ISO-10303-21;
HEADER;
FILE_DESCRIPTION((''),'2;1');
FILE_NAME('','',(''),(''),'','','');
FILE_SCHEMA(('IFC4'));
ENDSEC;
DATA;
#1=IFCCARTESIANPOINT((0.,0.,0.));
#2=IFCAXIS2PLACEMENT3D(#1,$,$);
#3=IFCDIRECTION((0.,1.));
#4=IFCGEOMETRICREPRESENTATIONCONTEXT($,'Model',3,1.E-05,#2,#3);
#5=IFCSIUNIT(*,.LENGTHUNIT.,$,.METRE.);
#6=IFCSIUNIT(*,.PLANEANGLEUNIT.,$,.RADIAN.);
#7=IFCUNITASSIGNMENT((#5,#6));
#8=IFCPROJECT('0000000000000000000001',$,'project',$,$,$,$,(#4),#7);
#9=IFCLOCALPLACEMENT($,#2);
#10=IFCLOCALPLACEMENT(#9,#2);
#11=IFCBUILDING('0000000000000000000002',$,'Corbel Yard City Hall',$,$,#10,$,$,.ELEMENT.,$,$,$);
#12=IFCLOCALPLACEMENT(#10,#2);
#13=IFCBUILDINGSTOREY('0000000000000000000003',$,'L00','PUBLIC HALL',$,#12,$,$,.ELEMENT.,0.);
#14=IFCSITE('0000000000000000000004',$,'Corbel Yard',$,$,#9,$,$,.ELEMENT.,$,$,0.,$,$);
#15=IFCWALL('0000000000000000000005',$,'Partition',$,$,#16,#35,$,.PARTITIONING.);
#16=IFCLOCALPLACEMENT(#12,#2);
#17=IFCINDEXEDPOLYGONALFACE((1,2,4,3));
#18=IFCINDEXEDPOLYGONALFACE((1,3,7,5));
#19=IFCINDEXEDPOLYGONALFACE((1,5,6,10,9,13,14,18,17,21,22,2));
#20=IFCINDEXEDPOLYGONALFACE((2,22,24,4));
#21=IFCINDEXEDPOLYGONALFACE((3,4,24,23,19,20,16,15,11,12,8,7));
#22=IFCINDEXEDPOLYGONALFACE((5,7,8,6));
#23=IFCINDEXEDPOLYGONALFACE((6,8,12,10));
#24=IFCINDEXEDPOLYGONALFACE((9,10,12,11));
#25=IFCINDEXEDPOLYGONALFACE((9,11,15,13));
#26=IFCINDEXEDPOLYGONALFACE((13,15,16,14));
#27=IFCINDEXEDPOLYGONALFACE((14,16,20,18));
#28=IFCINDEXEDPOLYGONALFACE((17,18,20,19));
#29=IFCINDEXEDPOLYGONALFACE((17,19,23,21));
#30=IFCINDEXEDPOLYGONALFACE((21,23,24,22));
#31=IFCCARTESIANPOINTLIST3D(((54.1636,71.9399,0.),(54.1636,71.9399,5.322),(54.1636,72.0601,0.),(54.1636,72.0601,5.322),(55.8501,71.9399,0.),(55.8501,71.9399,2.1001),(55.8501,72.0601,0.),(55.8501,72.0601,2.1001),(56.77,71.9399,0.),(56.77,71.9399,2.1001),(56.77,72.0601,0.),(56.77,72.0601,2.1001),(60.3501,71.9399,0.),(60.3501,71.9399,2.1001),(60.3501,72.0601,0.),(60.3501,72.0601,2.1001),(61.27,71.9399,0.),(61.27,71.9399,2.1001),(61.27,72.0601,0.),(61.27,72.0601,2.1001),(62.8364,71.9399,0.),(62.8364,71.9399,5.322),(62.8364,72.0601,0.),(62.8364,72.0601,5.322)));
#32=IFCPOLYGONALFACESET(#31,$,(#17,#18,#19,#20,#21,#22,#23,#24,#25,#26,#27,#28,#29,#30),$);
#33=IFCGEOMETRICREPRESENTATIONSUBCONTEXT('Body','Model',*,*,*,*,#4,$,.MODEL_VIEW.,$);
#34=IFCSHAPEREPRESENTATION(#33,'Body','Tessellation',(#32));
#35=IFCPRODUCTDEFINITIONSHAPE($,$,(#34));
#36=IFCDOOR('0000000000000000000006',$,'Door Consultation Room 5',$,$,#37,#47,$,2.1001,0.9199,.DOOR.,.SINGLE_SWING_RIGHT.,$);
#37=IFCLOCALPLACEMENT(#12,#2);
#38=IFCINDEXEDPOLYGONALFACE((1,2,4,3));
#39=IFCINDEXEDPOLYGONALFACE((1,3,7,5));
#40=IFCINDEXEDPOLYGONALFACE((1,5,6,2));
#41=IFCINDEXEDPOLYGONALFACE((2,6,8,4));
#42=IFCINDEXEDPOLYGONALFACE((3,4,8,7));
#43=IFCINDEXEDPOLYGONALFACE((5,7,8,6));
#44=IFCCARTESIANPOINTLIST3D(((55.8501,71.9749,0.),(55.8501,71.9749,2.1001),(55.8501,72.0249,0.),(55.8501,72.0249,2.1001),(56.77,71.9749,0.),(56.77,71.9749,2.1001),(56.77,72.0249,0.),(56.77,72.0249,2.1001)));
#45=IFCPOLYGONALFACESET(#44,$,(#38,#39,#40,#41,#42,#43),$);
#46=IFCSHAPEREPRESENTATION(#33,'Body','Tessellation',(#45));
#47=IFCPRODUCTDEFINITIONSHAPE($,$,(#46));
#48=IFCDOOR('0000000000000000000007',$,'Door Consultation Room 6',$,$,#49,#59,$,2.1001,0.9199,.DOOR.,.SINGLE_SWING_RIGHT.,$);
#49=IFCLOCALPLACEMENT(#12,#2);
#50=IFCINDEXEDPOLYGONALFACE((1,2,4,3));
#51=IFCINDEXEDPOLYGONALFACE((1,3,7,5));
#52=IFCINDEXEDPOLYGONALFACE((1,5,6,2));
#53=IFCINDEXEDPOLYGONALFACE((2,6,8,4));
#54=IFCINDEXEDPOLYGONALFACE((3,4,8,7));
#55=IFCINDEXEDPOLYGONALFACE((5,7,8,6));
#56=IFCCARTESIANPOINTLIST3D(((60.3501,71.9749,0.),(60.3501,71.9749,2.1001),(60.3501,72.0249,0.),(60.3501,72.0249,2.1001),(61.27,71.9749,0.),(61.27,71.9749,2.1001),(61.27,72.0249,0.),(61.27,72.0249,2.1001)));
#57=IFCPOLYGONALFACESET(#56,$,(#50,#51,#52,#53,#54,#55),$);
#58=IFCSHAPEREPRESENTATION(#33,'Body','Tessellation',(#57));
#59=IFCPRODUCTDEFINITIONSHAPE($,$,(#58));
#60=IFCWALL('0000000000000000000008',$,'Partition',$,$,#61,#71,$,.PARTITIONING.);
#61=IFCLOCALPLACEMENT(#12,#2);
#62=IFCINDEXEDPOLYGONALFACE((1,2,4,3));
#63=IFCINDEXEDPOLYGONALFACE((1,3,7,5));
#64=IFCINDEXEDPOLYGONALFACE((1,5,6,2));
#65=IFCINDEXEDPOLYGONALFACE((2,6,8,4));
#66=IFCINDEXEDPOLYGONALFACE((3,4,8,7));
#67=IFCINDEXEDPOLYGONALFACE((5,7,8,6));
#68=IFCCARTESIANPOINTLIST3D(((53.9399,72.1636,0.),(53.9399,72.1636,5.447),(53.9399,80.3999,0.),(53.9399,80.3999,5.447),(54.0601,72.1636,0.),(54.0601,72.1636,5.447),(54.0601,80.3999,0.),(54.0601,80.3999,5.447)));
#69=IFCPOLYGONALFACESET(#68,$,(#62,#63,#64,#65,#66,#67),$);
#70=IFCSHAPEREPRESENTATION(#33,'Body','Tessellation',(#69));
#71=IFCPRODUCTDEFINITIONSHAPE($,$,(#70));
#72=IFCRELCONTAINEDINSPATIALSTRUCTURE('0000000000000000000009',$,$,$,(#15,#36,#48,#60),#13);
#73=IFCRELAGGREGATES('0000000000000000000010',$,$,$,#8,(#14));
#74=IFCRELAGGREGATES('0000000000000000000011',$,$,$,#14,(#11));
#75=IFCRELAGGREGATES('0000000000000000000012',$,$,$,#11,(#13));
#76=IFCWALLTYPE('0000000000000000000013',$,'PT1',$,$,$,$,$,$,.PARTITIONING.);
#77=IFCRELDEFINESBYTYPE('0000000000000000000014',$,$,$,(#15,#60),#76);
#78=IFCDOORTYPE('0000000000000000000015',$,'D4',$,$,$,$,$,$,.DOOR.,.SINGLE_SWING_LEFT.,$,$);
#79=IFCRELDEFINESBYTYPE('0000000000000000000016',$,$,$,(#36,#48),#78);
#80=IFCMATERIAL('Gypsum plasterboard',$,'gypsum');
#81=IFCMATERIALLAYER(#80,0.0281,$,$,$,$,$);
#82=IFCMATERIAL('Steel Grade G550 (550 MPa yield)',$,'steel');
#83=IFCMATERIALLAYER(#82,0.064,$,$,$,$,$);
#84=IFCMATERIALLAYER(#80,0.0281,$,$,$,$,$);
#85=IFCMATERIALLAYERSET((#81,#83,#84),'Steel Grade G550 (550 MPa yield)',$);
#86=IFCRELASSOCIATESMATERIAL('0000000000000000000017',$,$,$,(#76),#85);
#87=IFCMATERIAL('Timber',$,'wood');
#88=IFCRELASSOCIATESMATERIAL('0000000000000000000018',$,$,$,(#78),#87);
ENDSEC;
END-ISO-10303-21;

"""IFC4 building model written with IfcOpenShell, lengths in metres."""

from ifc_helpers import new_model, si_unit, direction, frame, frame_2d, origin, place, context, subcontext, project, spatial, rectangle, extrude, material, layer, layer_set, type_object, element, fill, save


model = new_model("IFC4")

# Units and contexts
model_context = context("Model", 3, precision=1e-05, world=origin(), true_north=direction((0.0, 1.0)))
body_context = subcontext(model_context, "Body", "Model", "MODEL_VIEW")
ifc_project = project(units=[si_unit("LENGTHUNIT", "METRE"), si_unit("PLANEANGLEUNIT", "RADIAN")], contexts=[model_context])

# Site, building, storey
site_placement = place(None, origin())
site = spatial("IfcSite", under=ifc_project, at=site_placement, Name="Corbel Yard", CompositionType="ELEMENT", RefElevation=0.0)
building_placement = place(site_placement, origin())
building = spatial("IfcBuilding", under=site, at=building_placement, Name="Corbel Yard City Hall", CompositionType="ELEMENT")
storey_placement = place(building_placement, origin())
storey = spatial("IfcBuildingStorey", under=building, at=storey_placement, Name="L00", Description="PUBLIC HALL", CompositionType="ELEMENT", Elevation=0.0)

# Wall, openings, doors
ifc_material_1 = material(Name="Gypsum plasterboard", Category="gypsum")
ifc_layer_1 = layer(ifc_material_1, 0.0281)
ifc_material_2 = material(Name="Steel Grade G550 (550 MPa yield)", Category="steel")
ifc_layer_2 = layer(ifc_material_2, 0.064)
ifc_layer_3 = layer(ifc_material_1, 0.0281)
ifc_layer_set_1 = layer_set([ifc_layer_1, ifc_layer_2, ifc_layer_3], Name="Steel Grade G550 (550 MPa yield)")
wall_type = type_object("IfcWallType", Name="PT1", PredefinedType="PARTITIONING", material=ifc_layer_set_1)
wall_1_placement = place(storey_placement, frame((54.1636, 72.0, 0.0), z_axis=(0.0, 0.0, 1.0), x_axis=(1.0, 0.0, 0.0)))
wall_1 = element("IfcWall", 1, at=wall_1_placement, inside=storey, type_object=wall_type, Name="Partition", PredefinedType="PARTITIONING", context=body_context, shape_type="SweptSolid", body=[
    extrude(rectangle(XDim=8.6729, YDim=0.1201, at=frame_2d((4.3364, 0.0))), origin(), (0.0, 0.0, 1.0), 5.322),
])
opening_1_placement = place(wall_1_placement, frame((1.6865, 0.0, 0.0)))
opening_1 = element("IfcOpeningElement", 2, at=opening_1_placement, cuts=wall_1, PredefinedType="OPENING", context=body_context, shape_type="SweptSolid", body=[
    extrude(rectangle(XDim=0.9199, YDim=2.1001, at=frame_2d((0.46, 1.05))), frame((0.0, 0.0701, 0.0), z_axis=(0.0, -1.0, 0.0), x_axis=(1.0, 0.0, 0.0)), (0.0, 0.0, 1.0), 0.1401),
])
opening_2_placement = place(wall_1_placement, frame((6.1865, 0.0, 0.0)))
opening_2 = element("IfcOpeningElement", 3, at=opening_2_placement, cuts=wall_1, PredefinedType="OPENING", context=body_context, shape_type="SweptSolid", body=[
    extrude(rectangle(XDim=0.9199, YDim=2.1001, at=frame_2d((0.46, 1.05))), frame((0.0, 0.0701, 0.0), z_axis=(0.0, -1.0, 0.0), x_axis=(1.0, 0.0, 0.0)), (0.0, 0.0, 1.0), 0.1401),
])
ifc_material_3 = material(Name="Timber", Category="wood")
door_type = type_object("IfcDoorType", Name="D4", OperationType="SINGLE_SWING_LEFT", PredefinedType="DOOR", material=ifc_material_3)
door_1_placement = place(opening_1_placement, origin())
door_1 = element("IfcDoor", 4, at=door_1_placement, inside=storey, type_object=door_type, Name="Door Consultation Room 5", OperationType="SINGLE_SWING_RIGHT", OverallHeight=2.1001, OverallWidth=0.9199, PredefinedType="DOOR", context=body_context, shape_type="SweptSolid", body=[
    extrude(rectangle(XDim=0.9199, YDim=2.1001, at=frame_2d((0.46, 1.05))), frame((0.0, 0.0249, 0.0), z_axis=(0.0, -1.0, 0.0), x_axis=(1.0, 0.0, 0.0)), (0.0, 0.0, 1.0), 0.05),
])
fill(opening_1, door_1)
door_2_placement = place(opening_2_placement, origin())
door_2 = element("IfcDoor", 5, at=door_2_placement, inside=storey, type_object=door_type, Name="Door Consultation Room 6", OperationType="SINGLE_SWING_RIGHT", OverallHeight=2.1001, OverallWidth=0.9199, PredefinedType="DOOR", context=body_context, shape_type="SweptSolid", body=[
    extrude(rectangle(XDim=0.9199, YDim=2.1001, at=frame_2d((0.46, 1.05))), frame((0.0, 0.0249, 0.0), z_axis=(0.0, -1.0, 0.0), x_axis=(1.0, 0.0, 0.0)), (0.0, 0.0, 1.0), 0.05),
])
fill(opening_2, door_2)

# Wall
wall_2_placement = place(storey_placement, frame((54.0, 72.1636, 0.0), z_axis=(0.0, 0.0, 1.0), x_axis=(0.0, 1.0, 0.0)))
element("IfcWall", 6, at=wall_2_placement, inside=storey, type_object=wall_type, Name="Partition", PredefinedType="PARTITIONING", context=body_context, shape_type="SweptSolid", body=[
    extrude(rectangle(XDim=8.2363, YDim=0.1201, at=frame_2d((4.1182, 0.0))), origin(), (0.0, 0.0, 1.0), 5.447),
])

save(model, "model.ifc")
